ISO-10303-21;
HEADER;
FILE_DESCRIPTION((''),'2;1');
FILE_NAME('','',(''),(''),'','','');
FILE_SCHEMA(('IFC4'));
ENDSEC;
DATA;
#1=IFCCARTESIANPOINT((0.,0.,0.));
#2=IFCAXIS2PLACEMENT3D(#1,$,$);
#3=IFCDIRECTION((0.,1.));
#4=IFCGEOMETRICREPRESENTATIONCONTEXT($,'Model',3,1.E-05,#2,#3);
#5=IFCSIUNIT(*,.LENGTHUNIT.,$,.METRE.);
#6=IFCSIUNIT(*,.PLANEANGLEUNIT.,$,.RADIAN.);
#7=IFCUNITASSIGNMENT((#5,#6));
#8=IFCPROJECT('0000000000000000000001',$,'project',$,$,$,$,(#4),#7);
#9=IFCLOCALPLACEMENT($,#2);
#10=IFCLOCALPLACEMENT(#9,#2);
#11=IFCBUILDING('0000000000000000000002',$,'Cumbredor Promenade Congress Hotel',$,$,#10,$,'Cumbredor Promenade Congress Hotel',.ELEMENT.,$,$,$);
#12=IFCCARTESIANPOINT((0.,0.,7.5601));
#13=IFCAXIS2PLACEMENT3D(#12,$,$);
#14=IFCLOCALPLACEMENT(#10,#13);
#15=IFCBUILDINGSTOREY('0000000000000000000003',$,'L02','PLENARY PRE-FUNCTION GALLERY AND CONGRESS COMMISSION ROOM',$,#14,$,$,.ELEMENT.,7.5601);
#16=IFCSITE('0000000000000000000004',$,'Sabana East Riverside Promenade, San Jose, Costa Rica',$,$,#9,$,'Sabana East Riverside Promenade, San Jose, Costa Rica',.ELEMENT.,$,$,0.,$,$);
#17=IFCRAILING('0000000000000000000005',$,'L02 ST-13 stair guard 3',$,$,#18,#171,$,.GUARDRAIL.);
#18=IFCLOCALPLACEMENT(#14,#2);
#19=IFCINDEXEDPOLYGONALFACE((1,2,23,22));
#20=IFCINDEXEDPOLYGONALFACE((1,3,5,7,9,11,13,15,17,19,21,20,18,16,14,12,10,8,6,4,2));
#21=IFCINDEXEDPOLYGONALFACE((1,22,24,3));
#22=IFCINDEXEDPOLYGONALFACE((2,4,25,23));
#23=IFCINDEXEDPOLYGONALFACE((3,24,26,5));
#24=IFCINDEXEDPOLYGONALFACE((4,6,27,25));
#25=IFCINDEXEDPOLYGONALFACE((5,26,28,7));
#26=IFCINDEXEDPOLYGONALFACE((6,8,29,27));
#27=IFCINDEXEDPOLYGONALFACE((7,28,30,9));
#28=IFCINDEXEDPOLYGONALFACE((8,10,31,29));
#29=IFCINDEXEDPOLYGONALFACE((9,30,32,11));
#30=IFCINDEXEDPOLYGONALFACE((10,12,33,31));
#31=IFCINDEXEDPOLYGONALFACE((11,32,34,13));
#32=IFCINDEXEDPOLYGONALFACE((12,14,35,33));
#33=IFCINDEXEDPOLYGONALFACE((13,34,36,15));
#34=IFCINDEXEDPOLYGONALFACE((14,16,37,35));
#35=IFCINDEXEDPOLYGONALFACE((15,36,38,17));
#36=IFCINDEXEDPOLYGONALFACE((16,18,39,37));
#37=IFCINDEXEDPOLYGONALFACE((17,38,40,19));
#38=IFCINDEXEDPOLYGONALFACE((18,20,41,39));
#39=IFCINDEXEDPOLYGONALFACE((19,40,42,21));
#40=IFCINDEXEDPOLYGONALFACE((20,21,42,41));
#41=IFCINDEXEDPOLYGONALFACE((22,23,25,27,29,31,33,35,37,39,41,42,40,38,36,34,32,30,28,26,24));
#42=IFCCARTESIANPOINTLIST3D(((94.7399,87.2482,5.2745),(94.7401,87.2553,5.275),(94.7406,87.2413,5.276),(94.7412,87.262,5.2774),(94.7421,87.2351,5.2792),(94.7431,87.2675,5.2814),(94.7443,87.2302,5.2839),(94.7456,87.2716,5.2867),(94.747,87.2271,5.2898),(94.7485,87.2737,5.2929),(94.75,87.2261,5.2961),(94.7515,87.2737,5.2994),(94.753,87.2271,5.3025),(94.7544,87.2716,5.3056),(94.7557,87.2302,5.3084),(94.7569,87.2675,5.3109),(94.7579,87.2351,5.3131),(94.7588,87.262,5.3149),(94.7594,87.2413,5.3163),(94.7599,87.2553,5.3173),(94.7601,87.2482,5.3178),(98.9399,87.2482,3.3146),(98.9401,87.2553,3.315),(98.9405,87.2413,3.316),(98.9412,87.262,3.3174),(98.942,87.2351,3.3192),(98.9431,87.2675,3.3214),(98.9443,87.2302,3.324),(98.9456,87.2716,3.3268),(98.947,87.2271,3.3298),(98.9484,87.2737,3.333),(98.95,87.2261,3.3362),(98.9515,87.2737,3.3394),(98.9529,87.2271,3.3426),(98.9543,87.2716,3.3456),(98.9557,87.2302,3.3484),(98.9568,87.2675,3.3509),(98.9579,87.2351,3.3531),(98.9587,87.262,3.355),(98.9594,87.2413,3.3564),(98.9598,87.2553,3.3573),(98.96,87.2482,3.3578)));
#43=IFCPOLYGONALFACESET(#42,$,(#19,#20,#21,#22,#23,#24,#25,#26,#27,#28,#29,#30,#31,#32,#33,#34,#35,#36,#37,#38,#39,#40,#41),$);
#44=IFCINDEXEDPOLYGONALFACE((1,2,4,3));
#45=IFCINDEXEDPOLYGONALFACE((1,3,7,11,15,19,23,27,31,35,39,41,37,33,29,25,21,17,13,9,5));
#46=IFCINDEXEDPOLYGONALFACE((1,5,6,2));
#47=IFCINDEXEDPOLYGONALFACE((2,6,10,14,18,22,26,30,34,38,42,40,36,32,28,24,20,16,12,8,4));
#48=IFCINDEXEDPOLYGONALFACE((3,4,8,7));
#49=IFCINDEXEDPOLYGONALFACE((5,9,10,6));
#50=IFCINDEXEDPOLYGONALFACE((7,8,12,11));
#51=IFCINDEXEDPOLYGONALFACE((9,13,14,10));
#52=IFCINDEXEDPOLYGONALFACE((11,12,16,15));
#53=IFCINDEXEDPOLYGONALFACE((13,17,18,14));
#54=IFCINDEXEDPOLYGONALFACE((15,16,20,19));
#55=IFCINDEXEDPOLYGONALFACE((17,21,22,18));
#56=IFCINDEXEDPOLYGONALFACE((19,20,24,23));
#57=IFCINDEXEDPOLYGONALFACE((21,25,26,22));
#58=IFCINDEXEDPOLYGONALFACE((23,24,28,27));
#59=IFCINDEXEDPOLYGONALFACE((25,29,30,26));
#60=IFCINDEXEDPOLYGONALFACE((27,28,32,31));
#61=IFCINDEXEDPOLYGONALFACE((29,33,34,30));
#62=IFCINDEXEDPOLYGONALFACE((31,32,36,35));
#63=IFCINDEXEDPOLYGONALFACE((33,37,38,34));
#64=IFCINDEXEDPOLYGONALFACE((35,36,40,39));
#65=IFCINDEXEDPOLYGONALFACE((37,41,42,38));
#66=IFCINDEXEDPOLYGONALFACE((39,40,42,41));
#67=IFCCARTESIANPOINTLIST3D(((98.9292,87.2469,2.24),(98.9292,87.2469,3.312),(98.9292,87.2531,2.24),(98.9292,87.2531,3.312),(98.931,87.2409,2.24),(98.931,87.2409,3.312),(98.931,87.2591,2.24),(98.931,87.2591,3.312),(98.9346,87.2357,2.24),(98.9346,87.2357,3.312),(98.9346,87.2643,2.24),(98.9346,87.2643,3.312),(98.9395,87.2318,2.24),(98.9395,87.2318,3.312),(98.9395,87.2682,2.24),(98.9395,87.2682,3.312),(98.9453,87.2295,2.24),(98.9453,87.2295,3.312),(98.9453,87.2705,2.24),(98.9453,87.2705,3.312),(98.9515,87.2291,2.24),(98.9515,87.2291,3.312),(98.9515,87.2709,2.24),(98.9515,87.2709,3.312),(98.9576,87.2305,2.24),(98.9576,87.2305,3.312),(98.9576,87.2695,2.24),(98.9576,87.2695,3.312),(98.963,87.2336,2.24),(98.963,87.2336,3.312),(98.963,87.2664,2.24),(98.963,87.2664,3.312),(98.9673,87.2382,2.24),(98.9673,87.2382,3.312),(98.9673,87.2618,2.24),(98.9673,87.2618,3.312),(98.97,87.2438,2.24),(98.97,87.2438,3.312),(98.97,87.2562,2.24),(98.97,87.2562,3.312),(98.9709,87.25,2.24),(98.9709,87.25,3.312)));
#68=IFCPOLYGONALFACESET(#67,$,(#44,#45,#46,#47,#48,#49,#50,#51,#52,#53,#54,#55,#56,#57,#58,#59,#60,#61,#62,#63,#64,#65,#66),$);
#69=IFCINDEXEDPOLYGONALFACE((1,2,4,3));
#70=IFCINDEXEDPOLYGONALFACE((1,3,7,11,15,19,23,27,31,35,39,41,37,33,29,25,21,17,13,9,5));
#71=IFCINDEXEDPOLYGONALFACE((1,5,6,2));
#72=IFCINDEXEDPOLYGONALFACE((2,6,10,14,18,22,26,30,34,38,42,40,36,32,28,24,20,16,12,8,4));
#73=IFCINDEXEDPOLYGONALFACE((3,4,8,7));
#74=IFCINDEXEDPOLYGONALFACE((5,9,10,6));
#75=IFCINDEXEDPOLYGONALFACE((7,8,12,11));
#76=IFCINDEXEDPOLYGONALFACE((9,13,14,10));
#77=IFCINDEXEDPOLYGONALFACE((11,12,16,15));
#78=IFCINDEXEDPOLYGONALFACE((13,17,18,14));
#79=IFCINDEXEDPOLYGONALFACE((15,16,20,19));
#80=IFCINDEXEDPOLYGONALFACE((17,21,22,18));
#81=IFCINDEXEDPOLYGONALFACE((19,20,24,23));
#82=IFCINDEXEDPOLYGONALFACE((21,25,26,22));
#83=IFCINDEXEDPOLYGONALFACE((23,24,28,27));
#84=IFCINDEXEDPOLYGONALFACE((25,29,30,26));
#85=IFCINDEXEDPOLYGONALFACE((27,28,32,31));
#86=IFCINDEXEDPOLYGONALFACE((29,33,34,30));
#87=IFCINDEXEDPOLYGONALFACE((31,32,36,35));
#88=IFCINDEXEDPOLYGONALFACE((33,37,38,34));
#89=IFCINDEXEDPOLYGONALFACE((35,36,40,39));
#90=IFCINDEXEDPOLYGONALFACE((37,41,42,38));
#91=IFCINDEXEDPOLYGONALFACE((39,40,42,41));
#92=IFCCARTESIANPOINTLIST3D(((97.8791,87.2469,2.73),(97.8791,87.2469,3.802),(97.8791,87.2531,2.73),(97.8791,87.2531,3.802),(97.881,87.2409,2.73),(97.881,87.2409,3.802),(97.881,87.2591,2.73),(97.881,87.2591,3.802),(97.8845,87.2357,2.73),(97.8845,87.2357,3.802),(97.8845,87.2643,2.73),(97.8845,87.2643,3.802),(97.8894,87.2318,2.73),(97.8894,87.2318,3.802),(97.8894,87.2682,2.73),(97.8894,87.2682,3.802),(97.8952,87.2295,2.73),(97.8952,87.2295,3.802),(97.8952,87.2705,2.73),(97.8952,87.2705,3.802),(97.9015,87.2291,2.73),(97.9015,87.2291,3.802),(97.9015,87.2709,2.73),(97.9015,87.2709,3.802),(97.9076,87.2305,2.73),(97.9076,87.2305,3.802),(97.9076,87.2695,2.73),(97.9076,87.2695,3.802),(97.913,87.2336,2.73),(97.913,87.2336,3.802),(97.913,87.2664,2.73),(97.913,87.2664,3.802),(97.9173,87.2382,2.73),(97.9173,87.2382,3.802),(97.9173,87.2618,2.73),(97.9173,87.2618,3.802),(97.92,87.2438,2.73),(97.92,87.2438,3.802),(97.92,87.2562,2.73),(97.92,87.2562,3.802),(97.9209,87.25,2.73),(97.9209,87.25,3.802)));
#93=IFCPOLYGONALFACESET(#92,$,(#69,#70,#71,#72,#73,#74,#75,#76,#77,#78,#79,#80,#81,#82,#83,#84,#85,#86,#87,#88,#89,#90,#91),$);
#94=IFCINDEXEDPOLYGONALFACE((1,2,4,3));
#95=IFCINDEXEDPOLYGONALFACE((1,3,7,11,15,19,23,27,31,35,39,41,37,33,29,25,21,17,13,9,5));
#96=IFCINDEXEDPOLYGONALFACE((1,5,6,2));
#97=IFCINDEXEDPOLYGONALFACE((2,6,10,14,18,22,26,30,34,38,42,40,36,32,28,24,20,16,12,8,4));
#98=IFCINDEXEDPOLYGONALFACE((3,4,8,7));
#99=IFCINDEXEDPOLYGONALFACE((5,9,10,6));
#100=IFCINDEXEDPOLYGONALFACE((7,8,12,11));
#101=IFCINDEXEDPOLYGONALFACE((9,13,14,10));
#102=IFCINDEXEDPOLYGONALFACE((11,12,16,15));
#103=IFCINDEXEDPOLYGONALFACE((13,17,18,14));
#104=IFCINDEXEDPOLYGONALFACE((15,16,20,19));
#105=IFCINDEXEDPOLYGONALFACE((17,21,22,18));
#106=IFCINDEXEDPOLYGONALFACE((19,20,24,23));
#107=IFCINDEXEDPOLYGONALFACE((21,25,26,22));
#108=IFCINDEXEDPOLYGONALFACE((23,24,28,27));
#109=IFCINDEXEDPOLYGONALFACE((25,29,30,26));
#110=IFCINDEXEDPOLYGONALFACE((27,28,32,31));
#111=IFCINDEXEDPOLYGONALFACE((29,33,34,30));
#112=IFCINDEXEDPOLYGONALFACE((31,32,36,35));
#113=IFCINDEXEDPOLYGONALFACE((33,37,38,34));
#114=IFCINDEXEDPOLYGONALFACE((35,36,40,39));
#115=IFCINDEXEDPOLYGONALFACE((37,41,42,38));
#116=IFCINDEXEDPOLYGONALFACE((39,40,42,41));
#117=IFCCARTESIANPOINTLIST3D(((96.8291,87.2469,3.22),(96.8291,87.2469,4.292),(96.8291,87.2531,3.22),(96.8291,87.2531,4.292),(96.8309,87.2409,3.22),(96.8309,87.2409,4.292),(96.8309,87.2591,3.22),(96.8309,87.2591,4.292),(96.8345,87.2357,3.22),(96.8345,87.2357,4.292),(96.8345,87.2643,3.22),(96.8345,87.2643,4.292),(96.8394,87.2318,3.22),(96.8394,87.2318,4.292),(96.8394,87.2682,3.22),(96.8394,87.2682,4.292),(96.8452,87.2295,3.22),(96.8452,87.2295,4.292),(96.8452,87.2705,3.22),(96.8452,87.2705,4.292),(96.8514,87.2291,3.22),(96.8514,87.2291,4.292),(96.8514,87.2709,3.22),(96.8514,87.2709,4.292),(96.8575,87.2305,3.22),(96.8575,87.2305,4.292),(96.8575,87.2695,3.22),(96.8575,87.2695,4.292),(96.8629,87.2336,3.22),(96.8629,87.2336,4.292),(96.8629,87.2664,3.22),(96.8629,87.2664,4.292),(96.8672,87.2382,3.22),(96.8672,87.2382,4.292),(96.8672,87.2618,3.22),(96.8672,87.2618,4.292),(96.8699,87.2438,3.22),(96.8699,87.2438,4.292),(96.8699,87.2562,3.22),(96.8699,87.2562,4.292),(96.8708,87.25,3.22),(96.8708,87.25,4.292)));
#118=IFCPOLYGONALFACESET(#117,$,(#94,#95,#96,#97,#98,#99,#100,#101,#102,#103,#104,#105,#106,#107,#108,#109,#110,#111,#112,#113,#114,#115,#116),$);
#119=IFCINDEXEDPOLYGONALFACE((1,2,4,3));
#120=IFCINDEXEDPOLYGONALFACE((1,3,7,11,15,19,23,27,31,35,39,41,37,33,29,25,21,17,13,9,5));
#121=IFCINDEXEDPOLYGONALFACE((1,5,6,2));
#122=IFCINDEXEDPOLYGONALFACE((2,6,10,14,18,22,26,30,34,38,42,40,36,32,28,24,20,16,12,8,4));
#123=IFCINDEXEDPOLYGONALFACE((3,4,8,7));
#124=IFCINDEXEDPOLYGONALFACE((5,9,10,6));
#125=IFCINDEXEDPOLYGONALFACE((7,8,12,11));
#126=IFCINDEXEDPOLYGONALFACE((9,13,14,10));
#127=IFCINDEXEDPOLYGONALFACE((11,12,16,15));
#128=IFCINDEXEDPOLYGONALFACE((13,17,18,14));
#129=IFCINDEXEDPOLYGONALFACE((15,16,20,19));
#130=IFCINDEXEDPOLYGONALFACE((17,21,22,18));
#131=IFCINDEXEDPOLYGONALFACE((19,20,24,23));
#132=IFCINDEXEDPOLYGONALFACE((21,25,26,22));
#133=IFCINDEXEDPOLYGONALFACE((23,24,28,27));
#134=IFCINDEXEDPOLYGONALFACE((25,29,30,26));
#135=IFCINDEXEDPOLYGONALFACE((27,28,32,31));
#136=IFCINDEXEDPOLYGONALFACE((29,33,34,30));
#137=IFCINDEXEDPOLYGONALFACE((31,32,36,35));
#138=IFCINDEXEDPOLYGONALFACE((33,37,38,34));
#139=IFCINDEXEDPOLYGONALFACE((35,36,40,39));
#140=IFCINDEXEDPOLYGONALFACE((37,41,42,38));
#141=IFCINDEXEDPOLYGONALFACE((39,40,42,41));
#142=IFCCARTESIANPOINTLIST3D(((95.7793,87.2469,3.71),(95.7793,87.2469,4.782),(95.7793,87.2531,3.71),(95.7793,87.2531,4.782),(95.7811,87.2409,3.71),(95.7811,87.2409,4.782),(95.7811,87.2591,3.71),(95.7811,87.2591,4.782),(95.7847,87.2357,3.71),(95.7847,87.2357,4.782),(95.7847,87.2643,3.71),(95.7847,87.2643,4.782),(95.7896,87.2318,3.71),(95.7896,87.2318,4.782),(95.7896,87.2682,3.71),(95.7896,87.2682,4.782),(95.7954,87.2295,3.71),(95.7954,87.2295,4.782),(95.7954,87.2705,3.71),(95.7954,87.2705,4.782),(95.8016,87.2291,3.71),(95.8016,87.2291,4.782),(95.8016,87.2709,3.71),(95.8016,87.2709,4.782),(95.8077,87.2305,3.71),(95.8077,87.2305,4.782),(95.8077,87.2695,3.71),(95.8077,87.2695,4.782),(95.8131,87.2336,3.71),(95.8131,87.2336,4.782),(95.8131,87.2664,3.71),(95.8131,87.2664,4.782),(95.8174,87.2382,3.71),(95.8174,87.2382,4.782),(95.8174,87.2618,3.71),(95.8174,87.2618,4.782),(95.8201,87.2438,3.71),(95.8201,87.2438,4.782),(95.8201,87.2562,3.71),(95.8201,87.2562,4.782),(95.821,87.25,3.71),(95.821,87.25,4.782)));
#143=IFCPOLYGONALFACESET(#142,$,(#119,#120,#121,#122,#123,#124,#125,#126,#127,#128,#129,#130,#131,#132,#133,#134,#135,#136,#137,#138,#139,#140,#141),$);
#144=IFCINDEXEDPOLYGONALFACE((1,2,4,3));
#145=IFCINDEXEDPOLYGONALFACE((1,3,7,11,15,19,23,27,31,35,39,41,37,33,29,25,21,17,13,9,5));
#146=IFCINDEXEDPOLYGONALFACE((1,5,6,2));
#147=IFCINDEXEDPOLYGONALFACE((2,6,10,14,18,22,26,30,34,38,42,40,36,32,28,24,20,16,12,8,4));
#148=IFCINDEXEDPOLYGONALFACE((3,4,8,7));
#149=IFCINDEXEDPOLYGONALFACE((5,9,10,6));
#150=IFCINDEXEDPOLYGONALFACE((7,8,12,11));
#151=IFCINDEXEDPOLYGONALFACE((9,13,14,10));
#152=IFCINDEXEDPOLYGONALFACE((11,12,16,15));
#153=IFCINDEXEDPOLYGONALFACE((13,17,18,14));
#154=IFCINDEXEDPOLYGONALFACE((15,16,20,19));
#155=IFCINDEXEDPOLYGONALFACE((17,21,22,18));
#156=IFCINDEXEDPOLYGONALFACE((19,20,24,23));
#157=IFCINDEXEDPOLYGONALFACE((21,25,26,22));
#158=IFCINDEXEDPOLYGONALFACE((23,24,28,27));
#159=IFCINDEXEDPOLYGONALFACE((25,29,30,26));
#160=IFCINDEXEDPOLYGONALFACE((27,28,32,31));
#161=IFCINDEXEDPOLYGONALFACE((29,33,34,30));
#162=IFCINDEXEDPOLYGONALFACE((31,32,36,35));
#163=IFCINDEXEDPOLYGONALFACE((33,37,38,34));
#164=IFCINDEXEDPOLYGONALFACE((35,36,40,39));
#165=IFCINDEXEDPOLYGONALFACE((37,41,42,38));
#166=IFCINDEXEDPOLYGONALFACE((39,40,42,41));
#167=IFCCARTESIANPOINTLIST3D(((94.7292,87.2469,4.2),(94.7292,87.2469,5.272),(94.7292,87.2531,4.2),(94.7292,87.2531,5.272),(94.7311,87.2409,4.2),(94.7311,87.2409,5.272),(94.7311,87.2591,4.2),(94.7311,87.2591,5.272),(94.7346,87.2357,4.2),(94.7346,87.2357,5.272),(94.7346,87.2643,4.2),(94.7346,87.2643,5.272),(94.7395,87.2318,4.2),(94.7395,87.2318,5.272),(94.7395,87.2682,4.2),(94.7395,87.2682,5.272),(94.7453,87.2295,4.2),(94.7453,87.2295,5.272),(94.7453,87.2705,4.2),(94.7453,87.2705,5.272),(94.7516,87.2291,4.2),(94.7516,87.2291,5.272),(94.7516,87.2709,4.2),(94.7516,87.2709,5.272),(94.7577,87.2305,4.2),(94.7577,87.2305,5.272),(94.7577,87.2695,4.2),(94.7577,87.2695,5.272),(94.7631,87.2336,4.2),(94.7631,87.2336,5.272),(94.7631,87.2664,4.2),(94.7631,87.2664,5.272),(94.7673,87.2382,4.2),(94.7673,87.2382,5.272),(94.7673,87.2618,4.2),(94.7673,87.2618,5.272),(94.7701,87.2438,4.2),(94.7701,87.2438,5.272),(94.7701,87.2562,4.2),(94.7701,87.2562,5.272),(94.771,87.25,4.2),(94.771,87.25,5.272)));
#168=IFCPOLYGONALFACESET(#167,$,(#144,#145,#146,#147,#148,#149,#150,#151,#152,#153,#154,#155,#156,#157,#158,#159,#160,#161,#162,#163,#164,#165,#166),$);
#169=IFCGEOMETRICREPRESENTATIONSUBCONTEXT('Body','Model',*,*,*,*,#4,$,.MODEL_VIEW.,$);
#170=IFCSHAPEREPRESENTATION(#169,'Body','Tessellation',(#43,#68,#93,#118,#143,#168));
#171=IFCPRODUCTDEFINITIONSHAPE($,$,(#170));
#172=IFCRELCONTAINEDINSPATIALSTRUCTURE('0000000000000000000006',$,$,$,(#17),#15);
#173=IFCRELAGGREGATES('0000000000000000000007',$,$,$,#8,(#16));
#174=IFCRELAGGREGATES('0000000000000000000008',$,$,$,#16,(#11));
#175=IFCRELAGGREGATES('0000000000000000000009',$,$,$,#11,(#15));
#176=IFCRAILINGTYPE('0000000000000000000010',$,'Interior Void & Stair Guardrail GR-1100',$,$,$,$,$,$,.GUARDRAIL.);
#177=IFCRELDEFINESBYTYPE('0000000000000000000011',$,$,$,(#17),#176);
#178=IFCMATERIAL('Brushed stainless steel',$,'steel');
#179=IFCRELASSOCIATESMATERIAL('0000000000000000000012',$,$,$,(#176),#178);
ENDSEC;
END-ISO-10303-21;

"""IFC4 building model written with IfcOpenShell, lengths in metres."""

from ifc_helpers import new_model, si_unit, direction, frame, origin, origin_2d, place, context, subcontext, project, spatial, circle, extrude, material, type_object, element, save


model = new_model("IFC4")

# Units and contexts
model_context = context("Model", 3, precision=1e-05, world=origin(), true_north=direction((0.0, 1.0)))
body_context = subcontext(model_context, "Body", "Model", "MODEL_VIEW")
ifc_project = project(units=[si_unit("LENGTHUNIT", "METRE"), si_unit("PLANEANGLEUNIT", "RADIAN")], contexts=[model_context])

# Site, building, storey
site_placement = place(None, origin())
site = spatial("IfcSite", under=ifc_project, at=site_placement, Name="Sabana East Riverside Promenade, San Jose, Costa Rica", LongName="Sabana East Riverside Promenade, San Jose, Costa Rica", CompositionType="ELEMENT", RefElevation=0.0)
building_placement = place(site_placement, origin())
building = spatial("IfcBuilding", under=site, at=building_placement, Name="Cumbredor Promenade Congress Hotel", LongName="Cumbredor Promenade Congress Hotel", CompositionType="ELEMENT")
storey_placement = place(building_placement, frame((0.0, 0.0, 7.5601)))
storey = spatial("IfcBuildingStorey", under=building, at=storey_placement, Name="L02", Description="PLENARY PRE-FUNCTION GALLERY AND CONGRESS COMMISSION ROOM", CompositionType="ELEMENT", Elevation=7.5601)

# Railing
ifc_material_1 = material(Name="Brushed stainless steel", Category="steel")
railing_type_1 = type_object("IfcRailingType", Name="Interior Void & Stair Guardrail GR-1100", PredefinedType="GUARDRAIL", material=ifc_material_1)
railing_1_placement = place(storey_placement, frame((98.95, 87.25, 2.24)))
element("IfcRailing", 1, at=railing_1_placement, inside=storey, type_object=railing_type_1, Name="L02 ST-13 stair guard 3", PredefinedType="GUARDRAIL", context=body_context, shape_type="SweptSolid", body=[
    extrude(circle(Radius=0.0239, at=origin_2d()), frame((0.0, 0.0, 1.0962), z_axis=(-0.906184, 0.0, 0.422883), x_axis=(0.0, -1.0, 0.0)), (0.0, 0.0, 1.0), 4.6348),
    extrude(circle(Radius=0.021, at=origin_2d()), origin(), (0.0, 0.0, 1.0), 1.072),
    extrude(circle(Radius=0.021, at=origin_2d()), frame((-1.05, 0.0, 0.49)), (0.0, 0.0, 1.0), 1.072),
    extrude(circle(Radius=0.021, at=origin_2d()), frame((-2.1001, 0.0, 0.98)), (0.0, 0.0, 1.0), 1.072),
    extrude(circle(Radius=0.021, at=origin_2d()), frame((-3.1499, 0.0, 1.47)), (0.0, 0.0, 1.0), 1.072),
    extrude(circle(Radius=0.021, at=origin_2d()), frame((-4.2, 0.0, 1.96)), (0.0, 0.0, 1.0), 1.072),
])

save(model, "model.ifc")
